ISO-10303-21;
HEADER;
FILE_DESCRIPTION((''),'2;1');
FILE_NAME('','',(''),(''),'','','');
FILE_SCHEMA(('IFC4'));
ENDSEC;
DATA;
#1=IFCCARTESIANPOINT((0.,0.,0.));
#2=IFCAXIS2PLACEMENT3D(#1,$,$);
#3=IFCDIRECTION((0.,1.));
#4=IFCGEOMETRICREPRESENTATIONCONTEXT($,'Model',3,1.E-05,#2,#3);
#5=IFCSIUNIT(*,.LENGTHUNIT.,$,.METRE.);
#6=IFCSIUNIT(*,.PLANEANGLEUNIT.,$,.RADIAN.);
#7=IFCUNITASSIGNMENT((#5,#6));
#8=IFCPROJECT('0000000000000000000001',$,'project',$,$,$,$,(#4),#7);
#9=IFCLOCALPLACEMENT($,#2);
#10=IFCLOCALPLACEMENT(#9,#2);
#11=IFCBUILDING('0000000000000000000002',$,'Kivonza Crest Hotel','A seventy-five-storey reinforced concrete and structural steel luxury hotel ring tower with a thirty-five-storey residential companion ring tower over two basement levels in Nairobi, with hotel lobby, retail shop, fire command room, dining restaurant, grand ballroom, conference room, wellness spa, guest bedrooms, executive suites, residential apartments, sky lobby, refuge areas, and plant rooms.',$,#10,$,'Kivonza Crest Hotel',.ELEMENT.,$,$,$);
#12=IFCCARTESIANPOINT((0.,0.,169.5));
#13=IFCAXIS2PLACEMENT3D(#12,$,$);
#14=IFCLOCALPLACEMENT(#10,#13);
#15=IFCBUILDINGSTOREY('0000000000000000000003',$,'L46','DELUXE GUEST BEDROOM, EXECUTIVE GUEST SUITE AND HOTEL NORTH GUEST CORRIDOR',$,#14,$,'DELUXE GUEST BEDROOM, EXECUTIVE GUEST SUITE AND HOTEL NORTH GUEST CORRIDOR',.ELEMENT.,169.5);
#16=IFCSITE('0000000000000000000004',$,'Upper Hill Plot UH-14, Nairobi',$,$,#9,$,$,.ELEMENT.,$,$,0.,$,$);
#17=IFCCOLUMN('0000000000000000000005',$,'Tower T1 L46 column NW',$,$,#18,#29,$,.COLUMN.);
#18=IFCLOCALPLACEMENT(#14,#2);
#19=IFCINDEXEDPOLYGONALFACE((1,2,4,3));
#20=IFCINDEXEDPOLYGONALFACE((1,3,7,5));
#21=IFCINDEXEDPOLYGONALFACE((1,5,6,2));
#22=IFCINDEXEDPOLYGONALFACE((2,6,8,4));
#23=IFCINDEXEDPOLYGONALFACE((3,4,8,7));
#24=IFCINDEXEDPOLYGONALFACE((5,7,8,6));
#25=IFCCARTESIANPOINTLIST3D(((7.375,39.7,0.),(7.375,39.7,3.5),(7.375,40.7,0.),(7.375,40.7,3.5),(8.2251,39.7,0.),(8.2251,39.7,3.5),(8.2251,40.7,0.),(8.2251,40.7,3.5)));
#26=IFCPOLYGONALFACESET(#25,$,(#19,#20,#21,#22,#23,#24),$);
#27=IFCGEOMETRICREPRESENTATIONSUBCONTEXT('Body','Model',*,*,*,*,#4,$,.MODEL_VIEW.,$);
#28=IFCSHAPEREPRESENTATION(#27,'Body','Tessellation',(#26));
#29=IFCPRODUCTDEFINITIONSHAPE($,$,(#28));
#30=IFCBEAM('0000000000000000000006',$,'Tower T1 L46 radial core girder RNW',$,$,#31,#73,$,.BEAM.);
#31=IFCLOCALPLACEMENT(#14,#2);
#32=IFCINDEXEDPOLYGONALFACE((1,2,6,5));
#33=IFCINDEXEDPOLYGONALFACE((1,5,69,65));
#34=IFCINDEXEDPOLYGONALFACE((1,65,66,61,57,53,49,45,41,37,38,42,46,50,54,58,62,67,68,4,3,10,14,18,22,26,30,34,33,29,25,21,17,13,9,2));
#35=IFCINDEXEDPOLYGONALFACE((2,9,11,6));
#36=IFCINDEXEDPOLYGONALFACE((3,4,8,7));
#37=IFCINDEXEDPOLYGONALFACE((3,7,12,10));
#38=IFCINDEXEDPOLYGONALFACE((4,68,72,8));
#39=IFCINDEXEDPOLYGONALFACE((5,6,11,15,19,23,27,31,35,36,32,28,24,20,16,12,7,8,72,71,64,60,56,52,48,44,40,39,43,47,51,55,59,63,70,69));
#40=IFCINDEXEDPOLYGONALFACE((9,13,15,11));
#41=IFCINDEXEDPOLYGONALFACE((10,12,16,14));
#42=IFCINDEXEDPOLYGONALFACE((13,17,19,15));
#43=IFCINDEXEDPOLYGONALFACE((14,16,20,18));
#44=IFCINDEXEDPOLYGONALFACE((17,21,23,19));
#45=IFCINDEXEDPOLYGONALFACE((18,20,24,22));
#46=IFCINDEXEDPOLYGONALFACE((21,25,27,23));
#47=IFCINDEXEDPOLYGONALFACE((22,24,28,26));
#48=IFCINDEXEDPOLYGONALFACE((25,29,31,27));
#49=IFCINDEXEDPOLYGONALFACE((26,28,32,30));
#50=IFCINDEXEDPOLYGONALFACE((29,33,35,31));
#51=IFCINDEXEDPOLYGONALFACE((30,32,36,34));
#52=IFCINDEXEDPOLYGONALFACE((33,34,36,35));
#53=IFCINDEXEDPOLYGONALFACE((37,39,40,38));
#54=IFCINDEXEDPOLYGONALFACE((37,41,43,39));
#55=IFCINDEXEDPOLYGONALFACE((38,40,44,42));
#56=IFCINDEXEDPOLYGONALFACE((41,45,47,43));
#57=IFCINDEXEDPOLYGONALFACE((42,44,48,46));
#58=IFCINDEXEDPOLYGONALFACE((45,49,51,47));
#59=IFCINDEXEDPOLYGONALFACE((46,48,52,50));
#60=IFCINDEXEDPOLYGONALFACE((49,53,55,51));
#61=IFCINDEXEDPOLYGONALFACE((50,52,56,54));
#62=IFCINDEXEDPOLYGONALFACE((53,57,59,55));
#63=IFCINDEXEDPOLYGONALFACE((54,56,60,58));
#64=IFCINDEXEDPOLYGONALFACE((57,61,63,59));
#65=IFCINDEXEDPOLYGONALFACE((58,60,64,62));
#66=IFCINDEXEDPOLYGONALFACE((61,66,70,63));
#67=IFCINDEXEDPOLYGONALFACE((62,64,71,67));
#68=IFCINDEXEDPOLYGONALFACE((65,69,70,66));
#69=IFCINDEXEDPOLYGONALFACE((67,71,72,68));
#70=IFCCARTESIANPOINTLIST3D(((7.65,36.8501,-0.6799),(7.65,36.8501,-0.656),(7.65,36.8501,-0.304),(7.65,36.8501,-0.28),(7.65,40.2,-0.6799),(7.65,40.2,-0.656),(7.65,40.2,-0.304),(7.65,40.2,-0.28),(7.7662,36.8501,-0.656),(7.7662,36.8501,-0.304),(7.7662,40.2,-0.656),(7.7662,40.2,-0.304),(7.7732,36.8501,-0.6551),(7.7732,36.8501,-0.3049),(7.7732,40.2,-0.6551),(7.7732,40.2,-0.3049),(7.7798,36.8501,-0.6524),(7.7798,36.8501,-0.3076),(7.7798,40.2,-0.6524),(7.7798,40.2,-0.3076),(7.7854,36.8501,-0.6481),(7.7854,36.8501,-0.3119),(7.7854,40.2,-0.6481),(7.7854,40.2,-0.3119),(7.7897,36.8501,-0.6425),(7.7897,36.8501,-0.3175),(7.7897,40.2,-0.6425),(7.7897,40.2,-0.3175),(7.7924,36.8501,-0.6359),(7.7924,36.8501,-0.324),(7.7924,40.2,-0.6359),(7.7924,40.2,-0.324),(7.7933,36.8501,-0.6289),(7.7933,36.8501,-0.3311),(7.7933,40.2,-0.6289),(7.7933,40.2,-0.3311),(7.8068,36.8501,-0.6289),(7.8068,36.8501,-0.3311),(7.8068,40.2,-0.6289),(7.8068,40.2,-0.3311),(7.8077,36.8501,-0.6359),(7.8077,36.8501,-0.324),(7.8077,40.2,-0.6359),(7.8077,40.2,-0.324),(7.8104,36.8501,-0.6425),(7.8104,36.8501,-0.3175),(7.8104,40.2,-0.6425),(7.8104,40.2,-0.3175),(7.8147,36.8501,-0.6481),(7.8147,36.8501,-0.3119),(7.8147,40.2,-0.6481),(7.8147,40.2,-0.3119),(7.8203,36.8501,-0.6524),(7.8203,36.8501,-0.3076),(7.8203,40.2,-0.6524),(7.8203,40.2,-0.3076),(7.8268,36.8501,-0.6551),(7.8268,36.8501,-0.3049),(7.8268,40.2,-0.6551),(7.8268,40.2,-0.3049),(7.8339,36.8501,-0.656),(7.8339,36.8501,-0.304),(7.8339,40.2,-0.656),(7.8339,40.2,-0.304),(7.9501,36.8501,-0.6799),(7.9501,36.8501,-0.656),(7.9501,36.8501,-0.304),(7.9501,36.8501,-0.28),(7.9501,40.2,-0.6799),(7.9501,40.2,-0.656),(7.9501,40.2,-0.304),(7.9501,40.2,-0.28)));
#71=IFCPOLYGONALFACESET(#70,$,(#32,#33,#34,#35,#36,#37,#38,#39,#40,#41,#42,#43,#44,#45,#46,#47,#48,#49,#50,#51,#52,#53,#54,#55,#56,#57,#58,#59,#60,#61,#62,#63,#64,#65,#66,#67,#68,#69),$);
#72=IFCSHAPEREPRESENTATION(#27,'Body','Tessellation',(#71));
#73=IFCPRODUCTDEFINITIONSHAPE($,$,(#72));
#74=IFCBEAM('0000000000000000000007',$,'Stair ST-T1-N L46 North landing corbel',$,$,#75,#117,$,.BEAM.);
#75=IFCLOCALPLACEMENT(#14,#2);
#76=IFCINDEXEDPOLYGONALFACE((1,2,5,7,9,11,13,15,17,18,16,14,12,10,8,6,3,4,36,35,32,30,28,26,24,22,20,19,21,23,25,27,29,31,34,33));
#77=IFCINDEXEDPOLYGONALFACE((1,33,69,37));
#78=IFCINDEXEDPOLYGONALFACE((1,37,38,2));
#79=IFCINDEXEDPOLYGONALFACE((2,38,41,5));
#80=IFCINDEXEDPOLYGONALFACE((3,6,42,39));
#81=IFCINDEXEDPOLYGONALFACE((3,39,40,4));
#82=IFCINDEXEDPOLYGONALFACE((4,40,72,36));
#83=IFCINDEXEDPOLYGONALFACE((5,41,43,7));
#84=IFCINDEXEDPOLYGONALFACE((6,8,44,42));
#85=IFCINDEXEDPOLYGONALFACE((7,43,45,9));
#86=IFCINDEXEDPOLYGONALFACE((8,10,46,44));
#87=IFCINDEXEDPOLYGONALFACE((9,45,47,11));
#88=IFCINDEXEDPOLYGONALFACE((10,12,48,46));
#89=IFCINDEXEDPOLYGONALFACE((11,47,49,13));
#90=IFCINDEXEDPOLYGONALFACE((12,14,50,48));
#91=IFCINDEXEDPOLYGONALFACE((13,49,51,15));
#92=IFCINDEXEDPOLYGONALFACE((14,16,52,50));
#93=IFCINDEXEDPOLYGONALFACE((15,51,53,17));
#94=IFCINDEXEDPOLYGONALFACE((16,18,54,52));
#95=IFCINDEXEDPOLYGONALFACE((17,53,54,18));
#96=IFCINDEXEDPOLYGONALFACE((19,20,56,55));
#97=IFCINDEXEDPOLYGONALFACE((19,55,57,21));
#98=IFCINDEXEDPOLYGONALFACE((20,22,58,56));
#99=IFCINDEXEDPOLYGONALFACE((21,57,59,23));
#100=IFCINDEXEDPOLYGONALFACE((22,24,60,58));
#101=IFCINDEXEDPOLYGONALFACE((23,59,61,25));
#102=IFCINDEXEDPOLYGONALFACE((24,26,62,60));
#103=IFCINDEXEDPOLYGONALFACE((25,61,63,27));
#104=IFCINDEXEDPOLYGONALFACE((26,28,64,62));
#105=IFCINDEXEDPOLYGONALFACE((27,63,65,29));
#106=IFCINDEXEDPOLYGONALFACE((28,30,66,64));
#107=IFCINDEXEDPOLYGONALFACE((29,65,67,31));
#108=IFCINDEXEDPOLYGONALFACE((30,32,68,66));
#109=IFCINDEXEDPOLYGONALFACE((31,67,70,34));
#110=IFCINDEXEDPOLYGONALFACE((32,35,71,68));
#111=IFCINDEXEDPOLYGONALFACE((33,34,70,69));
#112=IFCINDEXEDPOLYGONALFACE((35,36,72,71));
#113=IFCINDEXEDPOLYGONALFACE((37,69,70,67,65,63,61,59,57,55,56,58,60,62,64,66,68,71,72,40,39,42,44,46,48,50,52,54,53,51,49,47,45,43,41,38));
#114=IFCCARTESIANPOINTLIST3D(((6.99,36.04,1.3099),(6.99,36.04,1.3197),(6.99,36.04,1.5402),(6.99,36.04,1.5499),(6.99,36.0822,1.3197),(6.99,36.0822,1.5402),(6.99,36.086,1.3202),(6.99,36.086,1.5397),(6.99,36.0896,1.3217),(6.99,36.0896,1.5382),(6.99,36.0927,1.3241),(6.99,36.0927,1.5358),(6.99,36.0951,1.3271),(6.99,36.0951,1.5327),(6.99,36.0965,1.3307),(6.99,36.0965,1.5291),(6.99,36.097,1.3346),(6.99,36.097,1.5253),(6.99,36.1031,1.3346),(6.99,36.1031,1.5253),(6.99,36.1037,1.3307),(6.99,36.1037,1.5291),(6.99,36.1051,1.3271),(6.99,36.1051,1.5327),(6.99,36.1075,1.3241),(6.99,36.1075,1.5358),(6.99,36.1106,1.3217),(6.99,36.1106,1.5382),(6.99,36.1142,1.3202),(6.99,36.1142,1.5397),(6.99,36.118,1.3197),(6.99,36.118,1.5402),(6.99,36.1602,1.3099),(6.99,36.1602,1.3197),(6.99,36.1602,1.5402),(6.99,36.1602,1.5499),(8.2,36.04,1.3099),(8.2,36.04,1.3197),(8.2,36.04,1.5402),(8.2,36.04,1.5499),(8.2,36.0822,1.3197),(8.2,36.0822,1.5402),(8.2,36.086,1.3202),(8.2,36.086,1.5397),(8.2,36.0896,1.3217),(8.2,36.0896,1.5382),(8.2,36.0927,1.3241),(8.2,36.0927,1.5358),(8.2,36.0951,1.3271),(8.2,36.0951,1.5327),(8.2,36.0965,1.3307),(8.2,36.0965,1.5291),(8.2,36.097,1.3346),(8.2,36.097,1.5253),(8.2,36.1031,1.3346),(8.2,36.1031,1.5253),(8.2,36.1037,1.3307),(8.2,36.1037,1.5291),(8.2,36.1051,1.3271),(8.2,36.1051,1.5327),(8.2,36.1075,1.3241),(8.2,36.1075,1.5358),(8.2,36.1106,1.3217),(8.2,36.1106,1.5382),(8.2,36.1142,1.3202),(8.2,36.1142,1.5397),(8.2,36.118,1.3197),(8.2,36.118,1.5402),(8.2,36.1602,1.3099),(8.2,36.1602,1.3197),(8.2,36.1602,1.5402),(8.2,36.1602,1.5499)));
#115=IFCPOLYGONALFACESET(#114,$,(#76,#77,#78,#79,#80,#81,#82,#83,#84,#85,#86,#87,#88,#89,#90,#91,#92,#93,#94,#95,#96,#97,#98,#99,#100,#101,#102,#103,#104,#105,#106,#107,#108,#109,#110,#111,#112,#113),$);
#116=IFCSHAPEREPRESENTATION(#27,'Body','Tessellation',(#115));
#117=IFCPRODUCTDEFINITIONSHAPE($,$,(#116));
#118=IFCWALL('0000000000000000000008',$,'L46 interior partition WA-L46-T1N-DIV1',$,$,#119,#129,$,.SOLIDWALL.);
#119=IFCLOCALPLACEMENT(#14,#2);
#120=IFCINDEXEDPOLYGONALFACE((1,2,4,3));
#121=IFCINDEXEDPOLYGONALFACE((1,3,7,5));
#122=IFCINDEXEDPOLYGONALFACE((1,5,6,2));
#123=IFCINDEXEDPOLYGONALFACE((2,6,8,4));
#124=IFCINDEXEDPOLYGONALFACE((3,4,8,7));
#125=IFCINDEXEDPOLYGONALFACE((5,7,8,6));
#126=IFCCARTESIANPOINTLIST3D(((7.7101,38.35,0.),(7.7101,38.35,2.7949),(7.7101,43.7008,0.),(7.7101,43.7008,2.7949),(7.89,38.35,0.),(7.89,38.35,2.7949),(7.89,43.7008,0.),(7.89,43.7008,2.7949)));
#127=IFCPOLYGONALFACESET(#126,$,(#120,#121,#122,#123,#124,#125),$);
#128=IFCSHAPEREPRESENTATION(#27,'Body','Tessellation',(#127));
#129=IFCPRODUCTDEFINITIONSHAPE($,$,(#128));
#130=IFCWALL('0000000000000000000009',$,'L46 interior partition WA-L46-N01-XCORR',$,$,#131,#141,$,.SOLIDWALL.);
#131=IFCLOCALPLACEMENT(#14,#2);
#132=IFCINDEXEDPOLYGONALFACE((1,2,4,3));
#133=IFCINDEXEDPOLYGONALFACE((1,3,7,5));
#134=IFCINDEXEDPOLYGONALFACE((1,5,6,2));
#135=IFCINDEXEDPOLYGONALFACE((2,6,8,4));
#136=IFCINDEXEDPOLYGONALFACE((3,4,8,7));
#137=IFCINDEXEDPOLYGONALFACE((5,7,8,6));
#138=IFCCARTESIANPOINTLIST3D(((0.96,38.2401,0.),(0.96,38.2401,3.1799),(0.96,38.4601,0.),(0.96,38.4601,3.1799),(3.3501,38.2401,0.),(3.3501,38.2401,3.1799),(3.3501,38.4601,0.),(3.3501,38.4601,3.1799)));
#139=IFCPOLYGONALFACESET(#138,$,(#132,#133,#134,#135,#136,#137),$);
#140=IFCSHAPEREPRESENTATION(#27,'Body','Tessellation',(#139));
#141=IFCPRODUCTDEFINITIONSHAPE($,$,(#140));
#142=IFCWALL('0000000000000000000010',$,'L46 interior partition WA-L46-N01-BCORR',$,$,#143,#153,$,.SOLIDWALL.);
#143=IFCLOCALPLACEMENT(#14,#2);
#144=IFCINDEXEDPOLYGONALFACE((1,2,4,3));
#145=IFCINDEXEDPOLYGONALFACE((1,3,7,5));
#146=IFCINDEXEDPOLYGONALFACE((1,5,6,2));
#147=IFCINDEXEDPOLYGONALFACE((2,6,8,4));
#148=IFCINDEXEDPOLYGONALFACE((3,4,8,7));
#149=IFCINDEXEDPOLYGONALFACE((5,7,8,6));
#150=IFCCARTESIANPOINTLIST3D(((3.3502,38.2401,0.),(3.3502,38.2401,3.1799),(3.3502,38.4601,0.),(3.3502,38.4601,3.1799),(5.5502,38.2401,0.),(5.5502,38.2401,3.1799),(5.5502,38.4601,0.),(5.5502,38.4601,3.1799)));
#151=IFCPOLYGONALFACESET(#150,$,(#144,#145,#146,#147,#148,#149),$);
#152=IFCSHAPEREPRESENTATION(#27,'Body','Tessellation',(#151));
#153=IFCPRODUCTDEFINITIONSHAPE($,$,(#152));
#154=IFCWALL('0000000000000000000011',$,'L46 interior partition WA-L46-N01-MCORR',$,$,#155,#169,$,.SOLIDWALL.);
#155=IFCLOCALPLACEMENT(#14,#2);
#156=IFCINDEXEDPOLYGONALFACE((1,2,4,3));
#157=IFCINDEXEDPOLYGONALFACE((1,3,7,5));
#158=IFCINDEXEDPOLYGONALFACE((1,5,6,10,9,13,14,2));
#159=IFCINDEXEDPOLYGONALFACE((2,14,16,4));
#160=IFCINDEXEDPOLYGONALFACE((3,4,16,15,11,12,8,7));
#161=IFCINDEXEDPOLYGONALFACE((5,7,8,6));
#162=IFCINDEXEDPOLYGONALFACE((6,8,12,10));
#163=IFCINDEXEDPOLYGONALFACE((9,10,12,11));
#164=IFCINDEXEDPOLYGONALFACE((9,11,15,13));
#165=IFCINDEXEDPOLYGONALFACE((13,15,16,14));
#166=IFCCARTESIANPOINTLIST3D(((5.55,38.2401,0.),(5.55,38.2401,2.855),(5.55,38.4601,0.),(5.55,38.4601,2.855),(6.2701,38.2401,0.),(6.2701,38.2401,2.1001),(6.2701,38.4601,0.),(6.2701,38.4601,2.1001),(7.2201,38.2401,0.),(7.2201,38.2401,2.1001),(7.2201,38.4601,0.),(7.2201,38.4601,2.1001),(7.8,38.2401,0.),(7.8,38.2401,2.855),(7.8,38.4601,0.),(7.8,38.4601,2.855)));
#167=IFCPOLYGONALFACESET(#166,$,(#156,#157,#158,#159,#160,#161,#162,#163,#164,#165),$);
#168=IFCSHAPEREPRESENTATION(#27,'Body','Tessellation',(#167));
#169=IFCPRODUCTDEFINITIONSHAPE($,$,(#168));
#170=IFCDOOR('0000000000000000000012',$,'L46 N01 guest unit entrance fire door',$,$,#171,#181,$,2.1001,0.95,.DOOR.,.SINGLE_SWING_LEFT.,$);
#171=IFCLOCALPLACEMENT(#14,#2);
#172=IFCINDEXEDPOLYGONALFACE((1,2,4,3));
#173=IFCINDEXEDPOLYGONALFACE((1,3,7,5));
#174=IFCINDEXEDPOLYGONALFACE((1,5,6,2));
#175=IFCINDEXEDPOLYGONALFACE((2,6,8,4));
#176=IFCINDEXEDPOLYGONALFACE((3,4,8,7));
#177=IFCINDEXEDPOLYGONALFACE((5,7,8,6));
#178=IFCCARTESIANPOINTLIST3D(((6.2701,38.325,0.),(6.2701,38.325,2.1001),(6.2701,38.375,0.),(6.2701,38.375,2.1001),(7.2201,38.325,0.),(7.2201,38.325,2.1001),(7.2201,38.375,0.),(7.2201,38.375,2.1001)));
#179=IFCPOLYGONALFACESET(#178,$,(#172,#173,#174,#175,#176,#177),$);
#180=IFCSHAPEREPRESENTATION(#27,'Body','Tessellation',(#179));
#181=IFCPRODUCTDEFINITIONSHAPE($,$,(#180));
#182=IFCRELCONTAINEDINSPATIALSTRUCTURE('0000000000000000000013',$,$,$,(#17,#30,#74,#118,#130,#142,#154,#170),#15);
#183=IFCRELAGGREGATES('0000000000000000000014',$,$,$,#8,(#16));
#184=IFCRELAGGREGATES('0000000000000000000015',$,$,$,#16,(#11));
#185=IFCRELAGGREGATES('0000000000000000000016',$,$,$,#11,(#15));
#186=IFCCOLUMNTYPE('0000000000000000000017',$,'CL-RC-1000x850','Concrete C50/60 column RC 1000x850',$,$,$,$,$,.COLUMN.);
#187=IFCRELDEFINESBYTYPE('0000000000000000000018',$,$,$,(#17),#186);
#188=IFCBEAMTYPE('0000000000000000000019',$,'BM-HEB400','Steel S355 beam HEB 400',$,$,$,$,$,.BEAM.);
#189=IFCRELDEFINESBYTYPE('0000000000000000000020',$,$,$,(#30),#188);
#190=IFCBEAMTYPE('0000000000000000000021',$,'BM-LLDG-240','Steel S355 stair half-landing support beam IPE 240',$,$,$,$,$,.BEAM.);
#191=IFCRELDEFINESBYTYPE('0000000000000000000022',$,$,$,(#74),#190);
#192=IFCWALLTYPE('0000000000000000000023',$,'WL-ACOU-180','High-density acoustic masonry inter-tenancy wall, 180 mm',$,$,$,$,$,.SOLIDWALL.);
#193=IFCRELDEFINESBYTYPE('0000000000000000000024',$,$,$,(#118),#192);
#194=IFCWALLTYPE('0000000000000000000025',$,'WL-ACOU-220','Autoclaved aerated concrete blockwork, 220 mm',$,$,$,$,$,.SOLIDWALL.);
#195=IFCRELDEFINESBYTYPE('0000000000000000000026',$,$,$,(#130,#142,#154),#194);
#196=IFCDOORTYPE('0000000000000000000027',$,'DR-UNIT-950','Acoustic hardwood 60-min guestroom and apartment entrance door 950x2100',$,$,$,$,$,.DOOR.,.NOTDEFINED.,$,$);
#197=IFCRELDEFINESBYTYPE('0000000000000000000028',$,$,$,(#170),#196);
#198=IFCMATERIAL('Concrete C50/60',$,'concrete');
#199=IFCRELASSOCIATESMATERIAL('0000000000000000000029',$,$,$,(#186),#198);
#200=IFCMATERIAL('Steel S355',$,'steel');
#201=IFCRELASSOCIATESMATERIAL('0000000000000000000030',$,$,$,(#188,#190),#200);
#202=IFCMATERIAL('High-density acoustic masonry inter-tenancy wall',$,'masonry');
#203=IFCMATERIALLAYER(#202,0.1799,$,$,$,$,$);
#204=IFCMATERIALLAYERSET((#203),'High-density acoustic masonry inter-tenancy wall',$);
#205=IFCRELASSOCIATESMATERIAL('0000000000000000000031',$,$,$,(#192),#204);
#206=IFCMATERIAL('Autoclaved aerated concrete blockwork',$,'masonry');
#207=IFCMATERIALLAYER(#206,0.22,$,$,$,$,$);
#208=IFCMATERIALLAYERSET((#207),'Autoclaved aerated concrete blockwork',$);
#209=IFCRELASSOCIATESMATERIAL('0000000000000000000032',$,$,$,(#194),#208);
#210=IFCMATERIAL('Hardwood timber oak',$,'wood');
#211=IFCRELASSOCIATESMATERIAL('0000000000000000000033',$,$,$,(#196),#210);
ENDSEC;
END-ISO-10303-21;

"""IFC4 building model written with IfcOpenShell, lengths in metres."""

from ifc_helpers import new_model, si_unit, direction, frame, frame_2d, origin, origin_2d, place, context, subcontext, project, spatial, rectangle, i_section, extrude, material, layer, layer_set, material_profile, profile_set, type_object, element, fill, save


model = new_model("IFC4")

# Units and contexts
model_context = context("Model", 3, precision=1e-05, world=origin(), true_north=direction((0.0, 1.0)))
body_context = subcontext(model_context, "Body", "Model", "MODEL_VIEW")
ifc_project = project(units=[si_unit("LENGTHUNIT", "METRE"), si_unit("PLANEANGLEUNIT", "RADIAN")], contexts=[model_context])

# Site, building, storey
site_placement = place(None, origin())
site = spatial("IfcSite", under=ifc_project, at=site_placement, Name="Upper Hill Plot UH-14, Nairobi", CompositionType="ELEMENT", RefElevation=0.0)
building_placement = place(site_placement, origin())
building = spatial("IfcBuilding", under=site, at=building_placement, Name="Kivonza Crest Hotel", Description="A seventy-five-storey reinforced concrete and structural steel luxury hotel ring tower with a thirty-five-storey residential companion ring tower over two basement levels in Nairobi, with hotel lobby, retail shop, fire command room, dining restaurant, grand ballroom, conference room, wellness spa, guest bedrooms, executive suites, residential apartments, sky lobby, refuge areas, and plant rooms.", LongName="Kivonza Crest Hotel", CompositionType="ELEMENT")
storey_placement = place(building_placement, frame((0.0, 0.0, 169.5)))
storey = spatial("IfcBuildingStorey", under=building, at=storey_placement, Name="L46", Description="DELUXE GUEST BEDROOM, EXECUTIVE GUEST SUITE AND HOTEL NORTH GUEST CORRIDOR", LongName="DELUXE GUEST BEDROOM, EXECUTIVE GUEST SUITE AND HOTEL NORTH GUEST CORRIDOR", CompositionType="ELEMENT", Elevation=169.5)

# Column
ifc_material_1 = material(Name="Concrete C50/60", Category="concrete")
ifc_material_profile_1 = material_profile(ifc_material_1, rectangle(XDim=0.8501, YDim=1.0, at=origin_2d()), Name="RC 1000x850")
ifc_profile_set_1 = profile_set([ifc_material_profile_1], Name="Concrete C50/60")
column_type = type_object("IfcColumnType", Name="CL-RC-1000x850", Description="Concrete C50/60 column RC 1000x850", PredefinedType="COLUMN", material=ifc_profile_set_1)
column_placement = place(storey_placement, frame((7.8, 40.2, 0.0), z_axis=(0.0, 0.0, 1.0), x_axis=(1.0, 0.0, 0.0)))
element("IfcColumn", 1, at=column_placement, inside=storey, type_object=column_type, Name="Tower T1 L46 column NW", PredefinedType="COLUMN", context=body_context, shape_type="SweptSolid", body=[
    extrude(rectangle(XDim=0.8501, YDim=1.0, at=origin_2d()), origin(), (0.0, 0.0, 1.0), 3.5),
])

# Beams
ifc_material_2 = material(Name="Steel S355", Category="steel")
ifc_material_profile_2 = material_profile(ifc_material_2, i_section(OverallWidth=0.3, OverallDepth=0.3999, WebThickness=0.0134, FlangeThickness=0.0239, FilletRadius=0.0271, at=origin_2d()), Name="HEB 400")
ifc_profile_set_2 = profile_set([ifc_material_profile_2], Name="Steel S355")
beam_type_1 = type_object("IfcBeamType", Name="BM-HEB400", Description="Steel S355 beam HEB 400", PredefinedType="BEAM", material=ifc_profile_set_2)
beam_1_placement = place(storey_placement, frame((7.8, 40.2, -0.48), z_axis=(0.0, -1.0, 0.0), x_axis=(1.0, 0.0, 0.0)))
element("IfcBeam", 2, at=beam_1_placement, inside=storey, type_object=beam_type_1, Name="Tower T1 L46 radial core girder RNW", PredefinedType="BEAM", context=body_context, shape_type="SweptSolid", body=[
    extrude(i_section(OverallWidth=0.3, OverallDepth=0.3999, WebThickness=0.0134, FlangeThickness=0.0239, FilletRadius=0.0271, at=origin_2d()), origin(), (0.0, 0.0, 1.0), 3.3499),
])
ifc_material_profile_3 = material_profile(ifc_material_2, i_section(OverallWidth=0.1201, OverallDepth=0.24, WebThickness=0.0061, FlangeThickness=0.0098, FilletRadius=0.0149, at=origin_2d()), Name="IPE 240")
ifc_profile_set_3 = profile_set([ifc_material_profile_3], Name="Steel S355")
beam_type_2 = type_object("IfcBeamType", Name="BM-LLDG-240", Description="Steel S355 stair half-landing support beam IPE 240", PredefinedType="BEAM", material=ifc_profile_set_3)
beam_2_placement = place(storey_placement, frame((6.99, 36.1001, 1.4299), z_axis=(1.0, 0.0, 0.0), x_axis=(0.0, 1.0, 0.0)))
element("IfcBeam", 3, at=beam_2_placement, inside=storey, type_object=beam_type_2, Name="Stair ST-T1-N L46 North landing corbel", PredefinedType="BEAM", context=body_context, shape_type="SweptSolid", body=[
    extrude(i_section(OverallWidth=0.1201, OverallDepth=0.24, WebThickness=0.0061, FlangeThickness=0.0098, FilletRadius=0.0149, at=origin_2d()), origin(), (0.0, 0.0, 1.0), 1.21),
])

# Walls
ifc_material_3 = material(Name="High-density acoustic masonry inter-tenancy wall", Category="masonry")
ifc_layer_1 = layer(ifc_material_3, 0.1799)
ifc_layer_set_1 = layer_set([ifc_layer_1], Name="High-density acoustic masonry inter-tenancy wall")
wall_type_1 = type_object("IfcWallType", Name="WL-ACOU-180", Description="High-density acoustic masonry inter-tenancy wall, 180 mm", PredefinedType="SOLIDWALL", material=ifc_layer_set_1)
wall_1_placement = place(storey_placement, frame((7.8, 38.3501, 0.0), z_axis=(0.0, 0.0, 1.0), x_axis=(0.0, 1.0, 0.0)))
element("IfcWall", 4, at=wall_1_placement, inside=storey, type_object=wall_type_1, Name="L46 interior partition WA-L46-T1N-DIV1", PredefinedType="SOLIDWALL", context=body_context, shape_type="SweptSolid", body=[
    extrude(rectangle(XDim=5.3508, YDim=0.1799, at=frame_2d((2.6753, 0.0))), origin(), (0.0, 0.0, 1.0), 2.7949),
])
ifc_material_4 = material(Name="Autoclaved aerated concrete blockwork", Category="masonry")
ifc_layer_2 = layer(ifc_material_4, 0.22)
ifc_layer_set_2 = layer_set([ifc_layer_2], Name="Autoclaved aerated concrete blockwork")
wall_type_2 = type_object("IfcWallType", Name="WL-ACOU-220", Description="Autoclaved aerated concrete blockwork, 220 mm", PredefinedType="SOLIDWALL", material=ifc_layer_set_2)
wall_2_placement = place(storey_placement, frame((0.96, 38.3501, 0.0), z_axis=(0.0, 0.0, 1.0), x_axis=(1.0, 0.0, 0.0)))
element("IfcWall", 5, at=wall_2_placement, inside=storey, type_object=wall_type_2, Name="L46 interior partition WA-L46-N01-XCORR", PredefinedType="SOLIDWALL", context=body_context, shape_type="SweptSolid", body=[
    extrude(rectangle(XDim=2.3901, YDim=0.22, at=frame_2d((1.1951, 0.0))), origin(), (0.0, 0.0, 1.0), 3.1799),
])
wall_3_placement = place(storey_placement, frame((3.3501, 38.3501, 0.0), z_axis=(0.0, 0.0, 1.0), x_axis=(1.0, 0.0, 0.0)))
element("IfcWall", 6, at=wall_3_placement, inside=storey, type_object=wall_type_2, Name="L46 interior partition WA-L46-N01-BCORR", PredefinedType="SOLIDWALL", context=body_context, shape_type="SweptSolid", body=[
    extrude(rectangle(XDim=2.2, YDim=0.22, at=frame_2d((1.1001, 0.0))), origin(), (0.0, 0.0, 1.0), 3.1799),
])

# Wall, opening, door
wall_4_placement = place(storey_placement, frame((5.55, 38.3501, 0.0), z_axis=(0.0, 0.0, 1.0), x_axis=(1.0, 0.0, 0.0)))
wall_4 = element("IfcWall", 7, at=wall_4_placement, inside=storey, type_object=wall_type_2, Name="L46 interior partition WA-L46-N01-MCORR", PredefinedType="SOLIDWALL", context=body_context, shape_type="SweptSolid", body=[
    extrude(rectangle(XDim=2.25, YDim=0.22, at=frame_2d((1.125, 0.0))), origin(), (0.0, 0.0, 1.0), 2.855),
])
opening_1_placement = place(wall_4_placement, frame((0.72, 0.0, 0.0)))
opening_1 = element("IfcOpeningElement", 8, at=opening_1_placement, cuts=wall_4, PredefinedType="OPENING", context=body_context, shape_type="SweptSolid", body=[
    extrude(rectangle(XDim=0.95, YDim=2.1001, at=frame_2d((0.4751, 1.05))), frame((0.0, 0.1201, 0.0), z_axis=(0.0, -1.0, 0.0), x_axis=(1.0, 0.0, 0.0)), (0.0, 0.0, 1.0), 0.24),
])
ifc_material_5 = material(Name="Hardwood timber oak", Category="wood")
door_type_1 = type_object("IfcDoorType", Name="DR-UNIT-950", Description="Acoustic hardwood 60-min guestroom and apartment entrance door 950x2100", OperationType="NOTDEFINED", PredefinedType="DOOR", material=ifc_material_5)
door_1_placement = place(opening_1_placement, origin())
door_1 = element("IfcDoor", 9, at=door_1_placement, inside=storey, type_object=door_type_1, Name="L46 N01 guest unit entrance fire door", OperationType="SINGLE_SWING_LEFT", OverallHeight=2.1001, OverallWidth=0.95, PredefinedType="DOOR", context=body_context, shape_type="SweptSolid", body=[
    extrude(rectangle(XDim=0.95, YDim=2.1001, at=frame_2d((0.4751, 1.05))), frame((0.0, 0.0249, 0.0), z_axis=(0.0, -1.0, 0.0), x_axis=(1.0, 0.0, 0.0)), (0.0, 0.0, 1.0), 0.05),
])
fill(opening_1, door_1)

save(model, "model.ifc")
